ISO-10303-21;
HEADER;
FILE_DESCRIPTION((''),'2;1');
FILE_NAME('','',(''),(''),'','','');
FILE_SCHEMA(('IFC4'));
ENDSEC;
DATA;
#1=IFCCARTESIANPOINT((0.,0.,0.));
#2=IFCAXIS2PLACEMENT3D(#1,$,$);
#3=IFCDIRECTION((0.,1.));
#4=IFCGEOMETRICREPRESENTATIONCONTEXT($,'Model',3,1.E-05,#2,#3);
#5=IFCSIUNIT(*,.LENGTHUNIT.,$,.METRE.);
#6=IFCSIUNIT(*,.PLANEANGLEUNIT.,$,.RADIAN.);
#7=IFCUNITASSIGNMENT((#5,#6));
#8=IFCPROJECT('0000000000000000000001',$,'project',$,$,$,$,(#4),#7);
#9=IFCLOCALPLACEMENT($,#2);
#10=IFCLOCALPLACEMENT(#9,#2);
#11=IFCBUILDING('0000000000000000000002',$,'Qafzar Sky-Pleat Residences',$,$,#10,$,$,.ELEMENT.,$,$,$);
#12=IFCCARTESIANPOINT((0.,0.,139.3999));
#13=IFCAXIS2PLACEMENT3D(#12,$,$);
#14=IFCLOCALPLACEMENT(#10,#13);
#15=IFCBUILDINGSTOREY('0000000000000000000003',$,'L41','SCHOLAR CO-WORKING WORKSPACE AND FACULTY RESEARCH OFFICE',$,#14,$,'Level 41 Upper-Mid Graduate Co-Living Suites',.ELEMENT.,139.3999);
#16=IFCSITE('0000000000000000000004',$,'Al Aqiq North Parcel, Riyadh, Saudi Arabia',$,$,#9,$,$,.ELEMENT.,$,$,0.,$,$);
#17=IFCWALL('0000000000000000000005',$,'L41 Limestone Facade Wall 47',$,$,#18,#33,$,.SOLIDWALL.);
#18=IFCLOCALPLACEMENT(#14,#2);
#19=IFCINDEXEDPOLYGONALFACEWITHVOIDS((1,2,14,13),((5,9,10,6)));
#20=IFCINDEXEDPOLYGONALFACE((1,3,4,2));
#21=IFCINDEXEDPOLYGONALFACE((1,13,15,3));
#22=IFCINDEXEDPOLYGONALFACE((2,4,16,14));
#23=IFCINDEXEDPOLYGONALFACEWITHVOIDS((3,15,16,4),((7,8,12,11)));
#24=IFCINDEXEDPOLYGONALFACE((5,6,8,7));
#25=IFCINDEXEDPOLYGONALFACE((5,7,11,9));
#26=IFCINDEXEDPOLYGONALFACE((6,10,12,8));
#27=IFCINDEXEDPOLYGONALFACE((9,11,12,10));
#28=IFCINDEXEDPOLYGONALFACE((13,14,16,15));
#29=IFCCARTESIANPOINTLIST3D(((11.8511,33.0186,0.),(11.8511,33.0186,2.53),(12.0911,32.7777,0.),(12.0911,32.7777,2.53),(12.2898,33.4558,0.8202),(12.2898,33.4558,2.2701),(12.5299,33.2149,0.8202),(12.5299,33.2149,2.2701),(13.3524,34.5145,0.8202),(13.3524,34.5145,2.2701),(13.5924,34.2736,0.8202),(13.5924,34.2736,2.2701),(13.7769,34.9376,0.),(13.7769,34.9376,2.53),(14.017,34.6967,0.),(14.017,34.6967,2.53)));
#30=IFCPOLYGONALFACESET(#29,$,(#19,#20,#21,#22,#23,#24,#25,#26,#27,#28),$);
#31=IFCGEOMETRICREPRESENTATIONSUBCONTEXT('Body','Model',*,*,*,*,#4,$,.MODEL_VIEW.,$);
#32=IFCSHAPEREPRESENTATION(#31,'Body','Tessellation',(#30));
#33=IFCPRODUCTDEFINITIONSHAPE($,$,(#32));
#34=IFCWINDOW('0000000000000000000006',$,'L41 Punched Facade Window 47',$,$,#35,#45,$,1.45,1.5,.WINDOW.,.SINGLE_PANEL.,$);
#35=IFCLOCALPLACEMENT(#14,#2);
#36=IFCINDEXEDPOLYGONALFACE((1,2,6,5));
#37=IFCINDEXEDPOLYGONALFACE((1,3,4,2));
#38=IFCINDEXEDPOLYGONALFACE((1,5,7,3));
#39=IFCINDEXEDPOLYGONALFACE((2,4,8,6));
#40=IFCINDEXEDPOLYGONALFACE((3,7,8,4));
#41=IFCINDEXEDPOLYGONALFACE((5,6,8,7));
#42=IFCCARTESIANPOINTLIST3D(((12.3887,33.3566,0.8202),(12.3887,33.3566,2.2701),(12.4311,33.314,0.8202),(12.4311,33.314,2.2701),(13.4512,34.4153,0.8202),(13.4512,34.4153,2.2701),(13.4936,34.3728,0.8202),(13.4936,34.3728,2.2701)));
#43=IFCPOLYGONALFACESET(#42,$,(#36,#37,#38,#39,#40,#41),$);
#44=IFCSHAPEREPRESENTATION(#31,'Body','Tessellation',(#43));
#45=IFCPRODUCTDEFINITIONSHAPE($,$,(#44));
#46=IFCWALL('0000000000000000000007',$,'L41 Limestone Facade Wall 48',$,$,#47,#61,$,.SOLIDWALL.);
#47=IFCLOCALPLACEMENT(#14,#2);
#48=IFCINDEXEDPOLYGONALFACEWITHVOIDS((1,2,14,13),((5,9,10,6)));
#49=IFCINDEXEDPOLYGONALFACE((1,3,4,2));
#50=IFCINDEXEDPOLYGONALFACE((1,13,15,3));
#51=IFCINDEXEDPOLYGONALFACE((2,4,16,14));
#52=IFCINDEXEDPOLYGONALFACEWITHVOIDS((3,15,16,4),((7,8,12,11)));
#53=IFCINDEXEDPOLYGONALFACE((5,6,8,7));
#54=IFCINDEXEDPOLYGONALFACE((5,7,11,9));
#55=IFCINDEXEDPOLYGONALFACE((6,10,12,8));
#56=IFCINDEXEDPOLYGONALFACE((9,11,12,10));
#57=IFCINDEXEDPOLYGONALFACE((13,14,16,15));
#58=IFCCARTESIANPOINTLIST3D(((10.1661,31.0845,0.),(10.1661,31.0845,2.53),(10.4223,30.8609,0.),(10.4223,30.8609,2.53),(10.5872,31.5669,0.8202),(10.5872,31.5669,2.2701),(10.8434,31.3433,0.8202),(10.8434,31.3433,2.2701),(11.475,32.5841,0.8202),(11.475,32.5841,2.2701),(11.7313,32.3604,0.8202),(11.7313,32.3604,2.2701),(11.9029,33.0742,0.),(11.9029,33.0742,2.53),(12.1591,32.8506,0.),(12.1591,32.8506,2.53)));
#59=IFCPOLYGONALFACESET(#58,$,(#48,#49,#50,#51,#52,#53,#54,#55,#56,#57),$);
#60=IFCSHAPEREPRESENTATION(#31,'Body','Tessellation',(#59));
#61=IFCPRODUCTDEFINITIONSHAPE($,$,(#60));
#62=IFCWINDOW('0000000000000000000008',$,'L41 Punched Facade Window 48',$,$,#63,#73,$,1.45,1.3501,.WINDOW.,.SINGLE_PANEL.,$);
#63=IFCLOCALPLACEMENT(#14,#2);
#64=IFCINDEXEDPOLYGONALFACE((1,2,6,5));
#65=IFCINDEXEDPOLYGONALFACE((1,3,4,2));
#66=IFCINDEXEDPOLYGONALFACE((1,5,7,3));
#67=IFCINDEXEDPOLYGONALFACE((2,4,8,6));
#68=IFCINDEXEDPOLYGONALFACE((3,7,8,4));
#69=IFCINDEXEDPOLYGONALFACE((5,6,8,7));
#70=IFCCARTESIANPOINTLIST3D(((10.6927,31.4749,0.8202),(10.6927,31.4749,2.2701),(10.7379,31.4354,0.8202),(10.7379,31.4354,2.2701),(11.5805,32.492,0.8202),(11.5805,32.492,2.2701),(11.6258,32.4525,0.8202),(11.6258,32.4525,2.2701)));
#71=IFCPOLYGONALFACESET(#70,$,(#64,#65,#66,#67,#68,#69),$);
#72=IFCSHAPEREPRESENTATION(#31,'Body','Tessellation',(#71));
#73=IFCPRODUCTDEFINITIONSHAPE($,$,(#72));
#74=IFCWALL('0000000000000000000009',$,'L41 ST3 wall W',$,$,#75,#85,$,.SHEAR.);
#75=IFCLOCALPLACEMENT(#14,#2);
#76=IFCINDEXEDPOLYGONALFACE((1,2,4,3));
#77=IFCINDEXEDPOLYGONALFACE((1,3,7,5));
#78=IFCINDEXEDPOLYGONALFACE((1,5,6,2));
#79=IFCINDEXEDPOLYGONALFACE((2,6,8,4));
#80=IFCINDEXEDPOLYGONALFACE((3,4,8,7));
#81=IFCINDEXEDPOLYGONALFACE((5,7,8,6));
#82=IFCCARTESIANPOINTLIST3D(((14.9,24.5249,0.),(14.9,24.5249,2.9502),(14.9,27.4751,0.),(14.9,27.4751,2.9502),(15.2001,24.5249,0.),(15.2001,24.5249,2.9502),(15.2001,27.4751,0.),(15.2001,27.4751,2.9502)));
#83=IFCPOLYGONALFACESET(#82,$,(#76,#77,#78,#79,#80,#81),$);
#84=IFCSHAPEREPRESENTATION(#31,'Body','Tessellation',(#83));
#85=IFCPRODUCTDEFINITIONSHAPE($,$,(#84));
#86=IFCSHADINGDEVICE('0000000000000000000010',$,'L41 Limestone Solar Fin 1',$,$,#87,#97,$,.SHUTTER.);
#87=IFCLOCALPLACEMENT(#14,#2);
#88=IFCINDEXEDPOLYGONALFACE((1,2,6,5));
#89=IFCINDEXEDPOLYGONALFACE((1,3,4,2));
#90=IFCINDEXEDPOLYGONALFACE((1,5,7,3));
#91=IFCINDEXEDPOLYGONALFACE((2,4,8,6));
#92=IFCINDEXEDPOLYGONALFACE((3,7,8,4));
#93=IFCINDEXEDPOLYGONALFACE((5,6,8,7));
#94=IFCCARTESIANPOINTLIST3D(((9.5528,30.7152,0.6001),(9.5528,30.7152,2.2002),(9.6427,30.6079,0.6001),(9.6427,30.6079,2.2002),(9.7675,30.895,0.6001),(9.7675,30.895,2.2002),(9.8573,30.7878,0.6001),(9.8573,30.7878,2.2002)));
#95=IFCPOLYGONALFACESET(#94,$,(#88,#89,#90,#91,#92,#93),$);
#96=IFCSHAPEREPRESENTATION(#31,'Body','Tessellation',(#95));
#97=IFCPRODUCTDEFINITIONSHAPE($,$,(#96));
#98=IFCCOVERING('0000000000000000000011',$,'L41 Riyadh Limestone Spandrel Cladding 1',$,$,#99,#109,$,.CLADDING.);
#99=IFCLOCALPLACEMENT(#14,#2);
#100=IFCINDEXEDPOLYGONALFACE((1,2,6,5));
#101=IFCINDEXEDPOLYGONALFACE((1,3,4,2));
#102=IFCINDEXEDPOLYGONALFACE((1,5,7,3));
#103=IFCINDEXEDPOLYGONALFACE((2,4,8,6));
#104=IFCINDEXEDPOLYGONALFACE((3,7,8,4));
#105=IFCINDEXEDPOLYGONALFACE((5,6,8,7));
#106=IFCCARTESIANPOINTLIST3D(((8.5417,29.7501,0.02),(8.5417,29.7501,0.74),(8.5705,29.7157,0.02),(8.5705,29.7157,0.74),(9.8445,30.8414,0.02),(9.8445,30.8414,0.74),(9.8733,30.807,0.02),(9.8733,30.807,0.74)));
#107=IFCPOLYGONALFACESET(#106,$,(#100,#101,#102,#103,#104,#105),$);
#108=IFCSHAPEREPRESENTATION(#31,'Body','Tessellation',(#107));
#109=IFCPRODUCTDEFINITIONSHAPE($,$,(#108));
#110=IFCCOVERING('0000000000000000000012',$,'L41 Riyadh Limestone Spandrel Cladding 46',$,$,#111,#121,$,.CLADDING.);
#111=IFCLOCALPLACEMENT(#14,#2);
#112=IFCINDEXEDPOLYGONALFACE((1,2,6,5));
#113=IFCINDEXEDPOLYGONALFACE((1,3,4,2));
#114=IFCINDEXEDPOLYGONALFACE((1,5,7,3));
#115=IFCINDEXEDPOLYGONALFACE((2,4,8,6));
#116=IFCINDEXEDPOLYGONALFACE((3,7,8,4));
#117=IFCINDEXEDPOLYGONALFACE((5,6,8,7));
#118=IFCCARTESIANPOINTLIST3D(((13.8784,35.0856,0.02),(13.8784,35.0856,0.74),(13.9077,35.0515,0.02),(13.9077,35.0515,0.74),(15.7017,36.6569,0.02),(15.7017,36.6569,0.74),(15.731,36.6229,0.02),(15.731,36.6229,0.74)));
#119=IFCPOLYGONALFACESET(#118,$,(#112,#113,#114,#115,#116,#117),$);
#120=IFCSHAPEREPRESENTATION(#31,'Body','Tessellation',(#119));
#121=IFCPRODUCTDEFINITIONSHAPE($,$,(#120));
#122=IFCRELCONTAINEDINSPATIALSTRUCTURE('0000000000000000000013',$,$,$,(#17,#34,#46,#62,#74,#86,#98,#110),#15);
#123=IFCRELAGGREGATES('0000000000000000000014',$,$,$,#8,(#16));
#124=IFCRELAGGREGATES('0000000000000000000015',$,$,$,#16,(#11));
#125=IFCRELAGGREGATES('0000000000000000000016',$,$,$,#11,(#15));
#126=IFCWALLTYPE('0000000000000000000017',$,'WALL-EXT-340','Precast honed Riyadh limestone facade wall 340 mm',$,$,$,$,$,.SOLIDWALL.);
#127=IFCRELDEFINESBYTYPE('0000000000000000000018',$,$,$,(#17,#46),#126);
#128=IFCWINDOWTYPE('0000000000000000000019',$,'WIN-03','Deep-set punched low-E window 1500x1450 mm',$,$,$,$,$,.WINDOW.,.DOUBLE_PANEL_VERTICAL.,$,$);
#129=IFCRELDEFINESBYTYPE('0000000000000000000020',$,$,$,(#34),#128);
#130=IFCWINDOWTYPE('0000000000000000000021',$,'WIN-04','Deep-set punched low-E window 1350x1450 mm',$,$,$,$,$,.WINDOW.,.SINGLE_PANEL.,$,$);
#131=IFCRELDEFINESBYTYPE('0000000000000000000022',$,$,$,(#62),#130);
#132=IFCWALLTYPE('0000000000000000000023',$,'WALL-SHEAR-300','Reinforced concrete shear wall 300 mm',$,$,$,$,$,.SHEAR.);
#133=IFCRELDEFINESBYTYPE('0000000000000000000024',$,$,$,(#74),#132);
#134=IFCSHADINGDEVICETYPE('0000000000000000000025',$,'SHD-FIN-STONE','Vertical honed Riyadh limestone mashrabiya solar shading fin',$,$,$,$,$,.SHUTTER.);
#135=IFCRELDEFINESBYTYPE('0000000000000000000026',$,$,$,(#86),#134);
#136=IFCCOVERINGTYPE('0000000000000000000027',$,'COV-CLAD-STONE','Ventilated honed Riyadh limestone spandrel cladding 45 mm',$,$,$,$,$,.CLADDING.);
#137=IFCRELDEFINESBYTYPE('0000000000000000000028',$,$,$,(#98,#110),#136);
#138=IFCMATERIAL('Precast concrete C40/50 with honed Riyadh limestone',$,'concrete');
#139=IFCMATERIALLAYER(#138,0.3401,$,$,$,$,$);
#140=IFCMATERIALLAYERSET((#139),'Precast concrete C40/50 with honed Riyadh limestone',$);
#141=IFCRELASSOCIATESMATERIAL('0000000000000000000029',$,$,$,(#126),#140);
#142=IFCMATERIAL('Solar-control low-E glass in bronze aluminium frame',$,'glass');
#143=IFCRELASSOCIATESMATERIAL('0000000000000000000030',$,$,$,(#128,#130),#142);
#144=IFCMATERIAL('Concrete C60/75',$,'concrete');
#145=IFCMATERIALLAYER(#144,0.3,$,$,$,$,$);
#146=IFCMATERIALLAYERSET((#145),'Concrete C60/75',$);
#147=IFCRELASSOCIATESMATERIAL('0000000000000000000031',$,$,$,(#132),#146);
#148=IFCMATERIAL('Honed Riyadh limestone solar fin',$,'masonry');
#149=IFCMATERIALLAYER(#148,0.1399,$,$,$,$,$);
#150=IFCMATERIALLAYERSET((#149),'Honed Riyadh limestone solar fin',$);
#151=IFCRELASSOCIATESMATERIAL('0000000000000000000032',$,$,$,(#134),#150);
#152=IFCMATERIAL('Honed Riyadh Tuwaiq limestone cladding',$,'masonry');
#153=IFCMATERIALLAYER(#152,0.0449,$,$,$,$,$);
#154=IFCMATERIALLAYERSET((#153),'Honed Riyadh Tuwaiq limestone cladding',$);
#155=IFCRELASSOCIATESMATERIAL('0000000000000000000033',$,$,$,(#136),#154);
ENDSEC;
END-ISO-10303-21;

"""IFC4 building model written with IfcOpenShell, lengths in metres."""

from ifc_helpers import new_model, si_unit, direction, frame, frame_2d, origin, origin_2d, place, context, subcontext, project, spatial, rectangle, extrude, source, transform, mapped, material, layer, layer_set, type_object, element, fill, save


model = new_model("IFC4")

# Units and contexts
model_context = context("Model", 3, precision=1e-05, world=origin(), true_north=direction((0.0, 1.0)))
body_context = subcontext(model_context, "Body", "Model", "MODEL_VIEW")
ifc_project = project(units=[si_unit("LENGTHUNIT", "METRE"), si_unit("PLANEANGLEUNIT", "RADIAN")], contexts=[model_context])

# Site, building, storey
site_placement = place(None, origin())
site = spatial("IfcSite", under=ifc_project, at=site_placement, Name="Al Aqiq North Parcel, Riyadh, Saudi Arabia", CompositionType="ELEMENT", RefElevation=0.0)
building_placement = place(site_placement, origin())
building = spatial("IfcBuilding", under=site, at=building_placement, Name="Qafzar Sky-Pleat Residences", CompositionType="ELEMENT")
storey_placement = place(building_placement, frame((0.0, 0.0, 139.3999)))
storey = spatial("IfcBuildingStorey", under=building, at=storey_placement, Name="L41", Description="SCHOLAR CO-WORKING WORKSPACE AND FACULTY RESEARCH OFFICE", LongName="Level 41 Upper-Mid Graduate Co-Living Suites", CompositionType="ELEMENT", Elevation=139.3999)

# Shared definitions
ifc_material_1 = material(Name="Concrete C60/75", Category="concrete")

# Walls, openings, windows
ifc_material_2 = material(Name="Precast concrete C40/50 with honed Riyadh limestone", Category="concrete")
ifc_layer_1 = layer(ifc_material_2, 0.3401)
ifc_layer_set_1 = layer_set([ifc_layer_1], Name="Precast concrete C40/50 with honed Riyadh limestone")
wall_type_1 = type_object("IfcWallType", Name="WALL-EXT-340", Description="Precast honed Riyadh limestone facade wall 340 mm", PredefinedType="SOLIDWALL", material=ifc_layer_set_1)
ifc_material_3 = material(Name="Solar-control low-E glass in bronze aluminium frame", Category="glass")
wall_1_placement = place(storey_placement, frame((13.897, 34.8171, 0.0), z_axis=(0.0, 0.0, 1.0), x_axis=(-0.708363, -0.705848, 0.0)))
wall_1 = element("IfcWall", 1, at=wall_1_placement, inside=storey, type_object=wall_type_1, Name="L41 Limestone Facade Wall 47", PredefinedType="SOLIDWALL", context=body_context, shape_type="SweptSolid", body=[
    extrude(rectangle(XDim=2.7188, YDim=0.3401, at=frame_2d((1.3594, 0.0))), origin(), (0.0, 0.0, 1.0), 2.53),
])
opening_1_placement = place(wall_1_placement, frame((0.5994, 0.0, 0.8201)))
opening_1 = element("IfcOpeningElement", 2, at=opening_1_placement, cuts=wall_1, PredefinedType="OPENING", context=body_context, shape_type="SweptSolid", body=[
    extrude(rectangle(XDim=1.5, YDim=1.45, at=frame_2d((0.75, 0.7251))), frame((0.0, 0.1802, 0.0), z_axis=(0.0, -1.0, 0.0), x_axis=(1.0, 0.0, 0.0)), (0.0, 0.0, 1.0), 0.3601),
])
window_type_1 = type_object("IfcWindowType", Name="WIN-03", Description="Deep-set punched low-E window 1500x1450 mm", PartitioningType="DOUBLE_PANEL_VERTICAL", PredefinedType="WINDOW", material=ifc_material_3)
shared_shape_1 = source(origin(), body_context, "Body", "SweptSolid", [
    extrude(rectangle(XDim=1.5, YDim=1.45, at=frame_2d((0.75, 0.7251))), frame((0.0, 0.03, 0.0), z_axis=(0.0, -1.0, 0.0), x_axis=(1.0, 0.0, 0.0)), (0.0, 0.0, 1.0), 0.0601),
])
window_1_placement = place(opening_1_placement, origin())
window_1 = element("IfcWindow", 3, at=window_1_placement, inside=storey, type_object=window_type_1, Name="L41 Punched Facade Window 47", OverallHeight=1.45, OverallWidth=1.5, PartitioningType="SINGLE_PANEL", PredefinedType="WINDOW", context=body_context, shape_type="MappedRepresentation", body=[
    mapped(shared_shape_1, transform((0.0, 0.0, 0.0), x_axis=(1.0, 0.0, 0.0), y_axis=(0.0, 1.0, 0.0), z_axis=(0.0, 0.0, 1.0), scale=1.0)),
])
fill(opening_1, window_1)
wall_2_placement = place(storey_placement, frame((12.031, 32.9624, 0.0), z_axis=(0.0, 0.0, 1.0), x_axis=(-0.657601, -0.753366, 0.0)))
wall_2 = element("IfcWall", 4, at=wall_2_placement, inside=storey, type_object=wall_type_1, Name="L41 Limestone Facade Wall 48", PredefinedType="SOLIDWALL", context=body_context, shape_type="SweptSolid", body=[
    extrude(rectangle(XDim=2.6411, YDim=0.3401, at=frame_2d((1.3206, 0.0))), origin(), (0.0, 0.0, 1.0), 2.53),
])
opening_2_placement = place(wall_2_placement, frame((0.6506, 0.0, 0.8201)))
opening_2 = element("IfcOpeningElement", 5, at=opening_2_placement, cuts=wall_2, PredefinedType="OPENING", context=body_context, shape_type="SweptSolid", body=[
    extrude(rectangle(XDim=1.3501, YDim=1.45, at=frame_2d((0.675, 0.7251))), frame((0.0, 0.1802, 0.0), z_axis=(0.0, -1.0, 0.0), x_axis=(1.0, 0.0, 0.0)), (0.0, 0.0, 1.0), 0.3601),
])
window_type_2 = type_object("IfcWindowType", Name="WIN-04", Description="Deep-set punched low-E window 1350x1450 mm", PartitioningType="SINGLE_PANEL", PredefinedType="WINDOW", material=ifc_material_3)
shared_shape_2 = source(origin(), body_context, "Body", "SweptSolid", [
    extrude(rectangle(XDim=1.3501, YDim=1.45, at=frame_2d((0.675, 0.7251))), frame((0.0, 0.03, 0.0), z_axis=(0.0, -1.0, 0.0), x_axis=(1.0, 0.0, 0.0)), (0.0, 0.0, 1.0), 0.0601),
])
window_2_placement = place(opening_2_placement, origin())
window_2 = element("IfcWindow", 6, at=window_2_placement, inside=storey, type_object=window_type_2, Name="L41 Punched Facade Window 48", OverallHeight=1.45, OverallWidth=1.3501, PartitioningType="SINGLE_PANEL", PredefinedType="WINDOW", context=body_context, shape_type="MappedRepresentation", body=[
    mapped(shared_shape_2, transform((0.0, 0.0, 0.0), x_axis=(1.0, 0.0, 0.0), y_axis=(0.0, 1.0, 0.0), z_axis=(0.0, 0.0, 1.0), scale=1.0)),
])
fill(opening_2, window_2)

# Wall
ifc_layer_2 = layer(ifc_material_1, 0.3)
ifc_layer_set_2 = layer_set([ifc_layer_2], Name="Concrete C60/75")
wall_type_2 = type_object("IfcWallType", Name="WALL-SHEAR-300", Description="Reinforced concrete shear wall 300 mm", PredefinedType="SHEAR", material=ifc_layer_set_2)
wall_3_placement = place(storey_placement, frame((15.05, 27.4751, 0.0), z_axis=(0.0, 0.0, 1.0), x_axis=(0.0, -1.0, 0.0)))
element("IfcWall", 7, at=wall_3_placement, inside=storey, type_object=wall_type_2, Name="L41 ST3 wall W", PredefinedType="SHEAR", context=body_context, shape_type="SweptSolid", body=[
    extrude(rectangle(XDim=2.9502, YDim=0.3, at=frame_2d((1.4751, 0.0))), origin(), (0.0, 0.0, 1.0), 2.9502),
])

# Shading device
ifc_material_4 = material(Name="Honed Riyadh limestone solar fin", Category="masonry")
ifc_layer_3 = layer(ifc_material_4, 0.1399)
ifc_layer_set_3 = layer_set([ifc_layer_3], Name="Honed Riyadh limestone solar fin")
shading_device_type = type_object("IfcShadingDeviceType", Name="SHD-FIN-STONE", Description="Vertical honed Riyadh limestone mashrabiya solar shading fin", PredefinedType="SHUTTER", material=ifc_layer_set_3)
shared_shape_3 = source(origin(), body_context, "Body", "SweptSolid", [
    extrude(rectangle(XDim=0.1399, YDim=0.28, at=origin_2d()), origin(), (0.0, 0.0, 1.0), 1.6001),
])
shading_device_placement = place(storey_placement, frame((9.7051, 30.7515, 0.6001), z_axis=(0.0, 0.0, 1.0), x_axis=(-0.642179, 0.766555, 0.0)))
element("IfcShadingDevice", 8, at=shading_device_placement, inside=storey, type_object=shading_device_type, Name="L41 Limestone Solar Fin 1", PredefinedType="SHUTTER", context=body_context, shape_type="MappedRepresentation", body=[
    mapped(shared_shape_3, transform((0.0, 0.0, 0.0), x_axis=(1.0, 0.0, 0.0), y_axis=(0.0, 1.0, 0.0), z_axis=(0.0, 0.0, 1.0), scale=1.0)),
])

# Coverings
ifc_material_5 = material(Name="Honed Riyadh Tuwaiq limestone cladding", Category="masonry")
ifc_layer_4 = layer(ifc_material_5, 0.0449)
ifc_layer_set_4 = layer_set([ifc_layer_4], Name="Honed Riyadh Tuwaiq limestone cladding")
covering_type = type_object("IfcCoveringType", Name="COV-CLAD-STONE", Description="Ventilated honed Riyadh limestone spandrel cladding 45 mm", PredefinedType="CLADDING", material=ifc_layer_set_4)
shared_shape_4 = source(origin(), body_context, "Body", "SweptSolid", [
    extrude(rectangle(XDim=1.6995, YDim=0.0449, at=origin_2d()), origin(), (0.0, 0.0, 1.0), 0.72),
])
covering_1_placement = place(storey_placement, frame((9.2075, 30.2786, 0.02), z_axis=(0.0, 0.0, 1.0), x_axis=(-0.766591, -0.642136, 0.0)))
element("IfcCovering", 9, at=covering_1_placement, inside=storey, type_object=covering_type, Name="L41 Riyadh Limestone Spandrel Cladding 1", PredefinedType="CLADDING", context=body_context, shape_type="MappedRepresentation", body=[
    mapped(shared_shape_4, transform((0.0, 0.0, 0.0), x_axis=(1.0, 0.0, 0.0), y_axis=(0.0, 1.0, 0.0), z_axis=(0.0, 0.0, 1.0), scale=1.0)),
])
shared_shape_5 = source(origin(), body_context, "Body", "SweptSolid", [
    extrude(rectangle(XDim=2.407, YDim=0.0449, at=origin_2d()), origin(), (0.0, 0.0, 1.0), 0.72),
])
covering_2_placement = place(storey_placement, frame((14.8047, 35.8542, 0.02), z_axis=(0.0, 0.0, 1.0), x_axis=(-0.757496, -0.65284, 0.0)))
element("IfcCovering", 10, at=covering_2_placement, inside=storey, type_object=covering_type, Name="L41 Riyadh Limestone Spandrel Cladding 46", PredefinedType="CLADDING", context=body_context, shape_type="MappedRepresentation", body=[
    mapped(shared_shape_5, transform((0.0, 0.0, 0.0), x_axis=(1.0, 0.0, 0.0), y_axis=(0.0, 1.0, 0.0), z_axis=(0.0, 0.0, 1.0), scale=1.0)),
])

save(model, "model.ifc")
